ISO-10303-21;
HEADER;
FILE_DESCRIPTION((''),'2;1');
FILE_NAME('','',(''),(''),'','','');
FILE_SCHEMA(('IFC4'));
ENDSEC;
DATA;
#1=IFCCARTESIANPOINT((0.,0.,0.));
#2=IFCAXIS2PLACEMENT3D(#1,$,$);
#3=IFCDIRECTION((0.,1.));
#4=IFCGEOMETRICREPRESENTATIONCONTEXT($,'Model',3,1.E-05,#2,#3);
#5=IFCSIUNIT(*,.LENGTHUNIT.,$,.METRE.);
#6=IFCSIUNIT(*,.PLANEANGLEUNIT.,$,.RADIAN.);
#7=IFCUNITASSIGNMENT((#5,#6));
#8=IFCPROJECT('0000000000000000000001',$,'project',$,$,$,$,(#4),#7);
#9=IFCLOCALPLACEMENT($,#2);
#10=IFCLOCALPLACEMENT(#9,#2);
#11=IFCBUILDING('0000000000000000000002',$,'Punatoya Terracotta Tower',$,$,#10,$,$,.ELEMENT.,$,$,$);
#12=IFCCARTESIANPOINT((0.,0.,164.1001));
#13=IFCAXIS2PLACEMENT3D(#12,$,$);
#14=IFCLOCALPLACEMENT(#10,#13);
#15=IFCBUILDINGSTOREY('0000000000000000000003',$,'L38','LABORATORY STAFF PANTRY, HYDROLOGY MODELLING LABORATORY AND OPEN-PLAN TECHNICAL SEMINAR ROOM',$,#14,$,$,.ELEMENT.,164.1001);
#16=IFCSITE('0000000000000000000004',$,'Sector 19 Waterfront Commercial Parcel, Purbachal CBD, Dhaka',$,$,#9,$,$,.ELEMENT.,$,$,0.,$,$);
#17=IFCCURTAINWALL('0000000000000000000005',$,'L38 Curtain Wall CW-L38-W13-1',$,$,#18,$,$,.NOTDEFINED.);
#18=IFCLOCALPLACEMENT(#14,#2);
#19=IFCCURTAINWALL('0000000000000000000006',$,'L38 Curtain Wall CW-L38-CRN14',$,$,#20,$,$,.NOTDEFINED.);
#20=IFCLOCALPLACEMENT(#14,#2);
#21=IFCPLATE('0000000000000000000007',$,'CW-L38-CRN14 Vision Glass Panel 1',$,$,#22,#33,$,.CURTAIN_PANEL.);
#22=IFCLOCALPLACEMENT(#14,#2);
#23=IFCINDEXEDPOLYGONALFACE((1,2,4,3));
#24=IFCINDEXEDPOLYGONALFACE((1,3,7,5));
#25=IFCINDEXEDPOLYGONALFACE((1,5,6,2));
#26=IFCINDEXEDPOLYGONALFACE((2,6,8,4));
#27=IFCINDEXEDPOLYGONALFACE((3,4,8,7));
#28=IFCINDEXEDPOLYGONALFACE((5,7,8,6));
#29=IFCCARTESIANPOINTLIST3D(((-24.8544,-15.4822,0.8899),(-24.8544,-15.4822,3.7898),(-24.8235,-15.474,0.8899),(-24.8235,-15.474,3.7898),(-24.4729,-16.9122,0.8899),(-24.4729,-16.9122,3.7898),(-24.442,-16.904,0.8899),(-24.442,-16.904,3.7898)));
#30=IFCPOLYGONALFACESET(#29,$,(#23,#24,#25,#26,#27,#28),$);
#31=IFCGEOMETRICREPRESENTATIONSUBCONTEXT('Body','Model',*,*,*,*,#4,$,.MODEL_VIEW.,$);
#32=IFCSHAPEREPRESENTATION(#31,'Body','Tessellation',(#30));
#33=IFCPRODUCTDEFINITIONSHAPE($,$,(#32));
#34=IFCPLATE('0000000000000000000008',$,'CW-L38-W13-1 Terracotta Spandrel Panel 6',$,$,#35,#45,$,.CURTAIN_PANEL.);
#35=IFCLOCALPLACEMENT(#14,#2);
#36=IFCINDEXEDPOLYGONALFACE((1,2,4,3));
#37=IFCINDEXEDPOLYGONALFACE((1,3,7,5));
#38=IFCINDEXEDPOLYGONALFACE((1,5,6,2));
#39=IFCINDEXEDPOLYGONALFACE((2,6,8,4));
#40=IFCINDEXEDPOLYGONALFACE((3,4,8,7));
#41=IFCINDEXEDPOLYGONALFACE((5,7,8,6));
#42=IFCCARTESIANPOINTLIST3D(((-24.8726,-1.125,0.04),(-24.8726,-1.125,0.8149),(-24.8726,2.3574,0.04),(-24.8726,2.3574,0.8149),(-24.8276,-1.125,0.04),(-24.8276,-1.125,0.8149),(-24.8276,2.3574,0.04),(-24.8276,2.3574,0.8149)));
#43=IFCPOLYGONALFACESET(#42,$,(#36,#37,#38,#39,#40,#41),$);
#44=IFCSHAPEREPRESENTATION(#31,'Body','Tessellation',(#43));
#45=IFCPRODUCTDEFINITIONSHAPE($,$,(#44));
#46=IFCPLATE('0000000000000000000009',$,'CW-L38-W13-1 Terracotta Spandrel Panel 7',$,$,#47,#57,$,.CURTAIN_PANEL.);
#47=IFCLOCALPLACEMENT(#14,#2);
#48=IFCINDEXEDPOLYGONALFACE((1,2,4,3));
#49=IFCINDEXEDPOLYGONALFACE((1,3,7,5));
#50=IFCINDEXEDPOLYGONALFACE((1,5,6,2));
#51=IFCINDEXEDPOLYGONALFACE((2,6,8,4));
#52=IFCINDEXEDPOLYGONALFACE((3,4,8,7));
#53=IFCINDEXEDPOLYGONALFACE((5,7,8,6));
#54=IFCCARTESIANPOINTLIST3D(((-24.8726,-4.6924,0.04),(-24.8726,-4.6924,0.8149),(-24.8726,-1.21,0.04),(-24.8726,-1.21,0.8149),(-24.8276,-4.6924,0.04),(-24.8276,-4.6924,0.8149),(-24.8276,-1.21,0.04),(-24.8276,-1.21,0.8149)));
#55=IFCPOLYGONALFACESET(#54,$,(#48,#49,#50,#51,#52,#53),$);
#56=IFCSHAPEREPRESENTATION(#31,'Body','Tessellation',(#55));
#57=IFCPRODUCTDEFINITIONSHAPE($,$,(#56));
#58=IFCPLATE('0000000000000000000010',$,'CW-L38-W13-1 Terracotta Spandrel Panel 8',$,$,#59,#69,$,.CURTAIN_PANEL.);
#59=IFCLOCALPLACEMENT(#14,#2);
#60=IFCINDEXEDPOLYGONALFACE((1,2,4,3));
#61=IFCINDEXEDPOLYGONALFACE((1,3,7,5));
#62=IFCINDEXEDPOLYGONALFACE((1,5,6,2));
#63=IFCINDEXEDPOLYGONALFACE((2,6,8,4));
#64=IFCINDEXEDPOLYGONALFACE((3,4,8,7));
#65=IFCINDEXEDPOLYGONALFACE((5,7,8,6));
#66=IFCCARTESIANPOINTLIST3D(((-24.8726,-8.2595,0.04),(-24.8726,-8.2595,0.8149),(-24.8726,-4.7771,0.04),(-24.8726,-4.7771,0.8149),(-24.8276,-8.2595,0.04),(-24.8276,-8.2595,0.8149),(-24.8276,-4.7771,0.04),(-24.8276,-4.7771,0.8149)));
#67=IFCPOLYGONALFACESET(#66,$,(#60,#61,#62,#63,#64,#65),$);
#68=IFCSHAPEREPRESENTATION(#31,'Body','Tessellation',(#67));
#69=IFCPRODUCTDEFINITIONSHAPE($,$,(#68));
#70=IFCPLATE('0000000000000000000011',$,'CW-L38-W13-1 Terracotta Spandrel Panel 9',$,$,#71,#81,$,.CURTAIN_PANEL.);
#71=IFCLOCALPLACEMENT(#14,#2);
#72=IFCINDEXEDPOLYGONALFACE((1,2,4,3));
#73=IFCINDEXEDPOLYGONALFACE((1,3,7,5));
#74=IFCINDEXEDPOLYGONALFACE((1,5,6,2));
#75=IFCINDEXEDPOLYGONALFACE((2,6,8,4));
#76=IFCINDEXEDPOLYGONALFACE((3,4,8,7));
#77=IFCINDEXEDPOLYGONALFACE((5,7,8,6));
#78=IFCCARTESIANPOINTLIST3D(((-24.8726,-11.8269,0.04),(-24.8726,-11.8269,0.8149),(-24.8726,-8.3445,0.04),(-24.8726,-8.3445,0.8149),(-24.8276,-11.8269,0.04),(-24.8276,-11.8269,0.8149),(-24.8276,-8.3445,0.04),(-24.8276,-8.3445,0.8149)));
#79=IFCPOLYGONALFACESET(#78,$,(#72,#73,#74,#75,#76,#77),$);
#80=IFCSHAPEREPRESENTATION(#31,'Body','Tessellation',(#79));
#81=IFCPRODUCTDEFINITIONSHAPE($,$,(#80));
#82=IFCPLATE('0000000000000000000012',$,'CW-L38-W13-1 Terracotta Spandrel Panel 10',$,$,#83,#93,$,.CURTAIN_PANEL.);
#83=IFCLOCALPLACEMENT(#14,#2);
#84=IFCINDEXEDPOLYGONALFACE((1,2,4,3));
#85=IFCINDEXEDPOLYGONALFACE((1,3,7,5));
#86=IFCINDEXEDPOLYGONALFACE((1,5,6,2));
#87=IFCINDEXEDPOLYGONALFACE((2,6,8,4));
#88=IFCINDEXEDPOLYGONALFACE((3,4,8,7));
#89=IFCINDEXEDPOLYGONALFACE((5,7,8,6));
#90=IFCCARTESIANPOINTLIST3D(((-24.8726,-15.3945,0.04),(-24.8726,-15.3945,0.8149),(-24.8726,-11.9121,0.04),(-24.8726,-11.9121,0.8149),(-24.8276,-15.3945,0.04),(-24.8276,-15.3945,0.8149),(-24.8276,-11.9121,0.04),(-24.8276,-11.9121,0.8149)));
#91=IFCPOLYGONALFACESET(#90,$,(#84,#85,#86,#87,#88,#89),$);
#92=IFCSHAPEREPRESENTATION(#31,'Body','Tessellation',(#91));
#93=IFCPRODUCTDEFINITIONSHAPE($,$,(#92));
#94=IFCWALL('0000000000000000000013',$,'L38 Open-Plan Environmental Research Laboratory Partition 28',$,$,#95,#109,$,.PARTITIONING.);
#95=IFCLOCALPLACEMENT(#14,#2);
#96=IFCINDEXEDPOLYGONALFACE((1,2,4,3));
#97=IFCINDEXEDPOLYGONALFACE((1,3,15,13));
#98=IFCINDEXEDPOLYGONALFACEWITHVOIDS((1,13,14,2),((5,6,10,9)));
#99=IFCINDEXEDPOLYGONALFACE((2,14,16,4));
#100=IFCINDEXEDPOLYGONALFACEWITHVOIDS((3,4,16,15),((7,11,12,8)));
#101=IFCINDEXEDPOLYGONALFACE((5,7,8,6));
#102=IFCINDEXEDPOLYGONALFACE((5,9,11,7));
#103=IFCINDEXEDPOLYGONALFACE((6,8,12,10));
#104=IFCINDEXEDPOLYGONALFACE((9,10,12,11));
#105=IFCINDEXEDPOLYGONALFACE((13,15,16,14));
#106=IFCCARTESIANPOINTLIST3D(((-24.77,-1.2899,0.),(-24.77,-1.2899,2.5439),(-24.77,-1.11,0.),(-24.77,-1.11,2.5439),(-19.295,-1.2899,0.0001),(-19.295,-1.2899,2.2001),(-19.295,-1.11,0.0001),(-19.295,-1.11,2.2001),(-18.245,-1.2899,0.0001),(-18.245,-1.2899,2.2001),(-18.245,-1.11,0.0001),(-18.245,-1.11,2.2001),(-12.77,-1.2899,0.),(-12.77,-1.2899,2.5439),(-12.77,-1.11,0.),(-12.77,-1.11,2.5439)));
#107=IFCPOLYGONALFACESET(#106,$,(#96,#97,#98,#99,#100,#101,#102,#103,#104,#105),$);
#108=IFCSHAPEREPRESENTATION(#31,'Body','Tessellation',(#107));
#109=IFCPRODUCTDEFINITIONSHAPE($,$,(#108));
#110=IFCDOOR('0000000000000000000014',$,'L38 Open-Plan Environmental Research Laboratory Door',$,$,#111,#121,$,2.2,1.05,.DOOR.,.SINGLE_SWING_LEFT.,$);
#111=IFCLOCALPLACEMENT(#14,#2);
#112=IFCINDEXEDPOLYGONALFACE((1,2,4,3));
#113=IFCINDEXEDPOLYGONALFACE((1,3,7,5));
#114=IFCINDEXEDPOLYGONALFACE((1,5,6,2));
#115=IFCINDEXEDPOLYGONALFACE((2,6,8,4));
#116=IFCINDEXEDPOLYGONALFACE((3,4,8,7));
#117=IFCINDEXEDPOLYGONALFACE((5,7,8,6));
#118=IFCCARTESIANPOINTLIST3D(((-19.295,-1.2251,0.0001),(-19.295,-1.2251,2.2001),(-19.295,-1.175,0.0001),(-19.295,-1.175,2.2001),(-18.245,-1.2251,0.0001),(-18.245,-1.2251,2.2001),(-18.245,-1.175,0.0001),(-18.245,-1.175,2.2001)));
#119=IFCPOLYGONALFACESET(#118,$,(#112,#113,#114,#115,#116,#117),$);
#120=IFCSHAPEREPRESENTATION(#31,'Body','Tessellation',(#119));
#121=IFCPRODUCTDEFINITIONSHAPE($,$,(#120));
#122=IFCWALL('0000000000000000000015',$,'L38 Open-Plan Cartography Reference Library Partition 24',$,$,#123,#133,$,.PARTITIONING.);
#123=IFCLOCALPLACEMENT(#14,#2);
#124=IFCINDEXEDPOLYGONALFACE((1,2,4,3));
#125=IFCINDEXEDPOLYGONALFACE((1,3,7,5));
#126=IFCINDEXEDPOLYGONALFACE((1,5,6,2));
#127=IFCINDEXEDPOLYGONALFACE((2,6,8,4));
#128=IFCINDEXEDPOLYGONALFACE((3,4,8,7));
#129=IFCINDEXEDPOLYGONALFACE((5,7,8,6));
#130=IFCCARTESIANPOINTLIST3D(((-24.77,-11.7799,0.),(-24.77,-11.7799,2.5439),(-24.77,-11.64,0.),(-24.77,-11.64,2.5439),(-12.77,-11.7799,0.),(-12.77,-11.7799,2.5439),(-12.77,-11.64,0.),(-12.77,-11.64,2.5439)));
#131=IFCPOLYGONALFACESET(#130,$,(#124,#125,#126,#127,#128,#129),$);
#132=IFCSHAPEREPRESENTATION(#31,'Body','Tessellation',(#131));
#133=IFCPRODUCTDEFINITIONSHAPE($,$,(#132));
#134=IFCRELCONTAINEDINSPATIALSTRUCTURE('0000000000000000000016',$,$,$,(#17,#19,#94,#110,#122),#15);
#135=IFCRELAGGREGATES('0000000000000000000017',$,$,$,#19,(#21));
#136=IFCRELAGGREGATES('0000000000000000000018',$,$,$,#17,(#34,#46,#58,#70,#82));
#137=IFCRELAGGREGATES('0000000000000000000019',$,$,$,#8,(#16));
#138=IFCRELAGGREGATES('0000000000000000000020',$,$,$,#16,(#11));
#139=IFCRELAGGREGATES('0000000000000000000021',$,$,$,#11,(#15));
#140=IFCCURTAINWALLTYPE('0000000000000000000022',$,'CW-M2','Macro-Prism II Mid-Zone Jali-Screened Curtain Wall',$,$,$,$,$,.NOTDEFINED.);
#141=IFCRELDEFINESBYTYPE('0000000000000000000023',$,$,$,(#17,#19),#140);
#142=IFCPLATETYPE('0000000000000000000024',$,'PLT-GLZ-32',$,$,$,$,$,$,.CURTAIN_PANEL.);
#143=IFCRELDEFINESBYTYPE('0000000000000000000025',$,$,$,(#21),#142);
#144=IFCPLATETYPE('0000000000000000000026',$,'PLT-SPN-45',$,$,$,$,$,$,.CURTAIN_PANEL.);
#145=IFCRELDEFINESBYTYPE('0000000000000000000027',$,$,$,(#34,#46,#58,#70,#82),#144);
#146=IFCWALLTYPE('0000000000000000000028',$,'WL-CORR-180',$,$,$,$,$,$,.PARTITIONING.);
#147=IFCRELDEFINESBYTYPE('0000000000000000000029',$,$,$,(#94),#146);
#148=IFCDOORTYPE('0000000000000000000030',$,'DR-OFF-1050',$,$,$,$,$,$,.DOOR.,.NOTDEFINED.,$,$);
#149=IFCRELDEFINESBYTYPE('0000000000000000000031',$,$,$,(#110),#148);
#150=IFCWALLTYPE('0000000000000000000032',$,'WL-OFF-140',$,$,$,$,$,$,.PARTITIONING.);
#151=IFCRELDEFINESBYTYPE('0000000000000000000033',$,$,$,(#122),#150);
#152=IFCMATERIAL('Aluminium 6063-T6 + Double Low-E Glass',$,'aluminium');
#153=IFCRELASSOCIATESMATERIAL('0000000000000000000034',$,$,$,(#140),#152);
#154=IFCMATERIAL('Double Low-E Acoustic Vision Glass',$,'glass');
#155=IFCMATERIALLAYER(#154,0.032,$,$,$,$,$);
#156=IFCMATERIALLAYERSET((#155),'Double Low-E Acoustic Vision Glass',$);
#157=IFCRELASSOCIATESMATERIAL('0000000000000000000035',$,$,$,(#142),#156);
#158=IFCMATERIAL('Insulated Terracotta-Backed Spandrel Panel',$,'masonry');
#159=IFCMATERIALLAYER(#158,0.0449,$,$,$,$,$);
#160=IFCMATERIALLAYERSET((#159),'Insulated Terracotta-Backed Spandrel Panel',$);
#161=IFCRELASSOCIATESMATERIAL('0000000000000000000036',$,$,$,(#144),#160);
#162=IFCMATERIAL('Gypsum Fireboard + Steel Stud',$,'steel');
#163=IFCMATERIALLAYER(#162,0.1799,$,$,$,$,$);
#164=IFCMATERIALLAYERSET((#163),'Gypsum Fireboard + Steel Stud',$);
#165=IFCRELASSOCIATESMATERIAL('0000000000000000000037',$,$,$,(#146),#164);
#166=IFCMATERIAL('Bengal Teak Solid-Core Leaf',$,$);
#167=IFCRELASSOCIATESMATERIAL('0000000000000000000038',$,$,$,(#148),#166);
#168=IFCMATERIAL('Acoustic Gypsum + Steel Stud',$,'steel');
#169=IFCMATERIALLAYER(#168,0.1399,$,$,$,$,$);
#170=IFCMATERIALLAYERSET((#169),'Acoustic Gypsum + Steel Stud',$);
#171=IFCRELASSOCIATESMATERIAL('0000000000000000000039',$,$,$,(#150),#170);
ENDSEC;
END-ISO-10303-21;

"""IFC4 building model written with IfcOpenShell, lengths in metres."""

from ifc_helpers import new_model, si_unit, direction, frame, frame_2d, origin, origin_2d, place, context, subcontext, project, spatial, rectangle, extrude, material, layer, layer_set, type_object, element, fill, aggregate, save


model = new_model("IFC4")

# Units and contexts
model_context = context("Model", 3, precision=1e-05, world=origin(), true_north=direction((0.0, 1.0)))
body_context = subcontext(model_context, "Body", "Model", "MODEL_VIEW")
ifc_project = project(units=[si_unit("LENGTHUNIT", "METRE"), si_unit("PLANEANGLEUNIT", "RADIAN")], contexts=[model_context])

# Site, building, storey
site_placement = place(None, origin())
site = spatial("IfcSite", under=ifc_project, at=site_placement, Name="Sector 19 Waterfront Commercial Parcel, Purbachal CBD, Dhaka", CompositionType="ELEMENT", RefElevation=0.0)
building_placement = place(site_placement, origin())
building = spatial("IfcBuilding", under=site, at=building_placement, Name="Punatoya Terracotta Tower", CompositionType="ELEMENT")
storey_placement = place(building_placement, frame((0.0, 0.0, 164.1001)))
storey = spatial("IfcBuildingStorey", under=building, at=storey_placement, Name="L38", Description="LABORATORY STAFF PANTRY, HYDROLOGY MODELLING LABORATORY AND OPEN-PLAN TECHNICAL SEMINAR ROOM", CompositionType="ELEMENT", Elevation=164.1001)

# Curtain walls
ifc_material_1 = material(Name="Aluminium 6063-T6 + Double Low-E Glass", Category="aluminium")
curtain_wall_type = type_object("IfcCurtainWallType", Name="CW-M2", Description="Macro-Prism II Mid-Zone Jali-Screened Curtain Wall", PredefinedType="NOTDEFINED", material=ifc_material_1)
curtain_wall_1_placement = place(storey_placement, origin())
curtain_wall_1 = element("IfcCurtainWall", 1, at=curtain_wall_1_placement, inside=storey, type_object=curtain_wall_type, Name="L38 Curtain Wall CW-L38-W13-1", PredefinedType="NOTDEFINED")
curtain_wall_2_placement = place(storey_placement, origin())
curtain_wall_2 = element("IfcCurtainWall", 2, at=curtain_wall_2_placement, inside=storey, type_object=curtain_wall_type, Name="L38 Curtain Wall CW-L38-CRN14", PredefinedType="NOTDEFINED")

# Plates
ifc_material_2 = material(Name="Double Low-E Acoustic Vision Glass", Category="glass")
ifc_layer_1 = layer(ifc_material_2, 0.032)
ifc_layer_set_1 = layer_set([ifc_layer_1], Name="Double Low-E Acoustic Vision Glass")
plate_type_1 = type_object("IfcPlateType", Name="PLT-GLZ-32", PredefinedType="CURTAIN_PANEL", material=ifc_layer_set_1)
plate_1_placement = place(storey_placement, frame((-24.6482, -16.1931, 0.8899), z_axis=(0.0, 0.0, 1.0), x_axis=(0.257742, -0.966214, 0.0)))
plate_1 = element("IfcPlate", 3, at=plate_1_placement, type_object=plate_type_1, Name="CW-L38-CRN14 Vision Glass Panel 1", PredefinedType="CURTAIN_PANEL", context=body_context, shape_type="SweptSolid", body=[
    extrude(rectangle(XDim=1.48, YDim=0.032, at=origin_2d()), origin(), (0.0, 0.0, 1.0), 2.8999),
])
aggregate(curtain_wall_2, [plate_1])
ifc_material_3 = material(Name="Insulated Terracotta-Backed Spandrel Panel", Category="masonry")
ifc_layer_2 = layer(ifc_material_3, 0.0449)
ifc_layer_set_2 = layer_set([ifc_layer_2], Name="Insulated Terracotta-Backed Spandrel Panel")
plate_type_2 = type_object("IfcPlateType", Name="PLT-SPN-45", PredefinedType="CURTAIN_PANEL", material=ifc_layer_set_2)
plate_2_placement = place(storey_placement, frame((-24.8501, 0.6162, 0.04), z_axis=(0.0, 0.0, 1.0), x_axis=(0.0, -1.0, 0.0)))
plate_2 = element("IfcPlate", 4, at=plate_2_placement, type_object=plate_type_2, Name="CW-L38-W13-1 Terracotta Spandrel Panel 6", PredefinedType="CURTAIN_PANEL", context=body_context, shape_type="SweptSolid", body=[
    extrude(rectangle(XDim=3.4824, YDim=0.0449, at=origin_2d()), origin(), (0.0, 0.0, 1.0), 0.7749),
])
plate_3_placement = place(storey_placement, frame((-24.8501, -2.9512, 0.04), z_axis=(0.0, 0.0, 1.0), x_axis=(0.0, -1.0, 0.0)))
plate_3 = element("IfcPlate", 5, at=plate_3_placement, type_object=plate_type_2, Name="CW-L38-W13-1 Terracotta Spandrel Panel 7", PredefinedType="CURTAIN_PANEL", context=body_context, shape_type="SweptSolid", body=[
    extrude(rectangle(XDim=3.4824, YDim=0.0449, at=origin_2d()), origin(), (0.0, 0.0, 1.0), 0.7749),
])
plate_4_placement = place(storey_placement, frame((-24.8501, -6.5183, 0.04), z_axis=(0.0, 0.0, 1.0), x_axis=(0.0, -1.0, 0.0)))
plate_4 = element("IfcPlate", 6, at=plate_4_placement, type_object=plate_type_2, Name="CW-L38-W13-1 Terracotta Spandrel Panel 8", PredefinedType="CURTAIN_PANEL", context=body_context, shape_type="SweptSolid", body=[
    extrude(rectangle(XDim=3.4824, YDim=0.0449, at=origin_2d()), origin(), (0.0, 0.0, 1.0), 0.7749),
])
plate_5_placement = place(storey_placement, frame((-24.8501, -10.0857, 0.04), z_axis=(0.0, 0.0, 1.0), x_axis=(0.0, -1.0, 0.0)))
plate_5 = element("IfcPlate", 7, at=plate_5_placement, type_object=plate_type_2, Name="CW-L38-W13-1 Terracotta Spandrel Panel 9", PredefinedType="CURTAIN_PANEL", context=body_context, shape_type="SweptSolid", body=[
    extrude(rectangle(XDim=3.4824, YDim=0.0449, at=origin_2d()), origin(), (0.0, 0.0, 1.0), 0.7749),
])
plate_6_placement = place(storey_placement, frame((-24.8501, -13.6533, 0.04), z_axis=(0.0, 0.0, 1.0), x_axis=(0.0, -1.0, 0.0)))
plate_6 = element("IfcPlate", 8, at=plate_6_placement, type_object=plate_type_2, Name="CW-L38-W13-1 Terracotta Spandrel Panel 10", PredefinedType="CURTAIN_PANEL", context=body_context, shape_type="SweptSolid", body=[
    extrude(rectangle(XDim=3.4824, YDim=0.0449, at=origin_2d()), origin(), (0.0, 0.0, 1.0), 0.7749),
])
aggregate(curtain_wall_1, [plate_2, plate_3, plate_4, plate_5, plate_6])

# Wall, opening, door
ifc_material_4 = material(Name="Gypsum Fireboard + Steel Stud", Category="steel")
ifc_layer_3 = layer(ifc_material_4, 0.1799)
ifc_layer_set_3 = layer_set([ifc_layer_3], Name="Gypsum Fireboard + Steel Stud")
wall_type_1 = type_object("IfcWallType", Name="WL-CORR-180", PredefinedType="PARTITIONING", material=ifc_layer_set_3)
wall_1_placement = place(storey_placement, frame((-24.77, -1.2, 0.0), z_axis=(0.0, 0.0, 1.0), x_axis=(1.0, 0.0, 0.0)))
wall_1 = element("IfcWall", 9, at=wall_1_placement, inside=storey, type_object=wall_type_1, Name="L38 Open-Plan Environmental Research Laboratory Partition 28", PredefinedType="PARTITIONING", context=body_context, shape_type="SweptSolid", body=[
    extrude(rectangle(XDim=12.0, YDim=0.1799, at=frame_2d((6.0, 0.0))), origin(), (0.0, 0.0, 1.0), 2.5439),
])
opening_placement = place(wall_1_placement, frame((5.4751, 0.0, 0.0)))
opening = element("IfcOpeningElement", 10, at=opening_placement, cuts=wall_1, PredefinedType="OPENING", context=body_context, shape_type="SweptSolid", body=[
    extrude(rectangle(XDim=1.05, YDim=2.2, at=frame_2d((0.5249, 1.1001))), frame((0.0, 0.0999, 0.0), z_axis=(0.0, -1.0, 0.0), x_axis=(1.0, 0.0, 0.0)), (0.0, 0.0, 1.0), 0.2),
])
ifc_material_5 = material(Name="Bengal Teak Solid-Core Leaf")
door_type = type_object("IfcDoorType", Name="DR-OFF-1050", OperationType="NOTDEFINED", PredefinedType="DOOR", material=ifc_material_5)
door_placement = place(opening_placement, origin())
door = element("IfcDoor", 11, at=door_placement, inside=storey, type_object=door_type, Name="L38 Open-Plan Environmental Research Laboratory Door", OperationType="SINGLE_SWING_LEFT", OverallHeight=2.2, OverallWidth=1.05, PredefinedType="DOOR", context=body_context, shape_type="SweptSolid", body=[
    extrude(rectangle(XDim=1.05, YDim=2.2, at=frame_2d((0.5249, 1.1001))), frame((0.0, 0.0249, 0.0), z_axis=(0.0, -1.0, 0.0), x_axis=(1.0, 0.0, 0.0)), (0.0, 0.0, 1.0), 0.05),
])
fill(opening, door)

# Wall
ifc_material_6 = material(Name="Acoustic Gypsum + Steel Stud", Category="steel")
ifc_layer_4 = layer(ifc_material_6, 0.1399)
ifc_layer_set_4 = layer_set([ifc_layer_4], Name="Acoustic Gypsum + Steel Stud")
wall_type_2 = type_object("IfcWallType", Name="WL-OFF-140", PredefinedType="PARTITIONING", material=ifc_layer_set_4)
wall_2_placement = place(storey_placement, frame((-24.77, -11.71, 0.0), z_axis=(0.0, 0.0, 1.0), x_axis=(1.0, 0.0, 0.0)))
element("IfcWall", 12, at=wall_2_placement, inside=storey, type_object=wall_type_2, Name="L38 Open-Plan Cartography Reference Library Partition 24", PredefinedType="PARTITIONING", context=body_context, shape_type="SweptSolid", body=[
    extrude(rectangle(XDim=12.0, YDim=0.1399, at=frame_2d((6.0, 0.0))), origin(), (0.0, 0.0, 1.0), 2.5439),
])

save(model, "model.ifc")
